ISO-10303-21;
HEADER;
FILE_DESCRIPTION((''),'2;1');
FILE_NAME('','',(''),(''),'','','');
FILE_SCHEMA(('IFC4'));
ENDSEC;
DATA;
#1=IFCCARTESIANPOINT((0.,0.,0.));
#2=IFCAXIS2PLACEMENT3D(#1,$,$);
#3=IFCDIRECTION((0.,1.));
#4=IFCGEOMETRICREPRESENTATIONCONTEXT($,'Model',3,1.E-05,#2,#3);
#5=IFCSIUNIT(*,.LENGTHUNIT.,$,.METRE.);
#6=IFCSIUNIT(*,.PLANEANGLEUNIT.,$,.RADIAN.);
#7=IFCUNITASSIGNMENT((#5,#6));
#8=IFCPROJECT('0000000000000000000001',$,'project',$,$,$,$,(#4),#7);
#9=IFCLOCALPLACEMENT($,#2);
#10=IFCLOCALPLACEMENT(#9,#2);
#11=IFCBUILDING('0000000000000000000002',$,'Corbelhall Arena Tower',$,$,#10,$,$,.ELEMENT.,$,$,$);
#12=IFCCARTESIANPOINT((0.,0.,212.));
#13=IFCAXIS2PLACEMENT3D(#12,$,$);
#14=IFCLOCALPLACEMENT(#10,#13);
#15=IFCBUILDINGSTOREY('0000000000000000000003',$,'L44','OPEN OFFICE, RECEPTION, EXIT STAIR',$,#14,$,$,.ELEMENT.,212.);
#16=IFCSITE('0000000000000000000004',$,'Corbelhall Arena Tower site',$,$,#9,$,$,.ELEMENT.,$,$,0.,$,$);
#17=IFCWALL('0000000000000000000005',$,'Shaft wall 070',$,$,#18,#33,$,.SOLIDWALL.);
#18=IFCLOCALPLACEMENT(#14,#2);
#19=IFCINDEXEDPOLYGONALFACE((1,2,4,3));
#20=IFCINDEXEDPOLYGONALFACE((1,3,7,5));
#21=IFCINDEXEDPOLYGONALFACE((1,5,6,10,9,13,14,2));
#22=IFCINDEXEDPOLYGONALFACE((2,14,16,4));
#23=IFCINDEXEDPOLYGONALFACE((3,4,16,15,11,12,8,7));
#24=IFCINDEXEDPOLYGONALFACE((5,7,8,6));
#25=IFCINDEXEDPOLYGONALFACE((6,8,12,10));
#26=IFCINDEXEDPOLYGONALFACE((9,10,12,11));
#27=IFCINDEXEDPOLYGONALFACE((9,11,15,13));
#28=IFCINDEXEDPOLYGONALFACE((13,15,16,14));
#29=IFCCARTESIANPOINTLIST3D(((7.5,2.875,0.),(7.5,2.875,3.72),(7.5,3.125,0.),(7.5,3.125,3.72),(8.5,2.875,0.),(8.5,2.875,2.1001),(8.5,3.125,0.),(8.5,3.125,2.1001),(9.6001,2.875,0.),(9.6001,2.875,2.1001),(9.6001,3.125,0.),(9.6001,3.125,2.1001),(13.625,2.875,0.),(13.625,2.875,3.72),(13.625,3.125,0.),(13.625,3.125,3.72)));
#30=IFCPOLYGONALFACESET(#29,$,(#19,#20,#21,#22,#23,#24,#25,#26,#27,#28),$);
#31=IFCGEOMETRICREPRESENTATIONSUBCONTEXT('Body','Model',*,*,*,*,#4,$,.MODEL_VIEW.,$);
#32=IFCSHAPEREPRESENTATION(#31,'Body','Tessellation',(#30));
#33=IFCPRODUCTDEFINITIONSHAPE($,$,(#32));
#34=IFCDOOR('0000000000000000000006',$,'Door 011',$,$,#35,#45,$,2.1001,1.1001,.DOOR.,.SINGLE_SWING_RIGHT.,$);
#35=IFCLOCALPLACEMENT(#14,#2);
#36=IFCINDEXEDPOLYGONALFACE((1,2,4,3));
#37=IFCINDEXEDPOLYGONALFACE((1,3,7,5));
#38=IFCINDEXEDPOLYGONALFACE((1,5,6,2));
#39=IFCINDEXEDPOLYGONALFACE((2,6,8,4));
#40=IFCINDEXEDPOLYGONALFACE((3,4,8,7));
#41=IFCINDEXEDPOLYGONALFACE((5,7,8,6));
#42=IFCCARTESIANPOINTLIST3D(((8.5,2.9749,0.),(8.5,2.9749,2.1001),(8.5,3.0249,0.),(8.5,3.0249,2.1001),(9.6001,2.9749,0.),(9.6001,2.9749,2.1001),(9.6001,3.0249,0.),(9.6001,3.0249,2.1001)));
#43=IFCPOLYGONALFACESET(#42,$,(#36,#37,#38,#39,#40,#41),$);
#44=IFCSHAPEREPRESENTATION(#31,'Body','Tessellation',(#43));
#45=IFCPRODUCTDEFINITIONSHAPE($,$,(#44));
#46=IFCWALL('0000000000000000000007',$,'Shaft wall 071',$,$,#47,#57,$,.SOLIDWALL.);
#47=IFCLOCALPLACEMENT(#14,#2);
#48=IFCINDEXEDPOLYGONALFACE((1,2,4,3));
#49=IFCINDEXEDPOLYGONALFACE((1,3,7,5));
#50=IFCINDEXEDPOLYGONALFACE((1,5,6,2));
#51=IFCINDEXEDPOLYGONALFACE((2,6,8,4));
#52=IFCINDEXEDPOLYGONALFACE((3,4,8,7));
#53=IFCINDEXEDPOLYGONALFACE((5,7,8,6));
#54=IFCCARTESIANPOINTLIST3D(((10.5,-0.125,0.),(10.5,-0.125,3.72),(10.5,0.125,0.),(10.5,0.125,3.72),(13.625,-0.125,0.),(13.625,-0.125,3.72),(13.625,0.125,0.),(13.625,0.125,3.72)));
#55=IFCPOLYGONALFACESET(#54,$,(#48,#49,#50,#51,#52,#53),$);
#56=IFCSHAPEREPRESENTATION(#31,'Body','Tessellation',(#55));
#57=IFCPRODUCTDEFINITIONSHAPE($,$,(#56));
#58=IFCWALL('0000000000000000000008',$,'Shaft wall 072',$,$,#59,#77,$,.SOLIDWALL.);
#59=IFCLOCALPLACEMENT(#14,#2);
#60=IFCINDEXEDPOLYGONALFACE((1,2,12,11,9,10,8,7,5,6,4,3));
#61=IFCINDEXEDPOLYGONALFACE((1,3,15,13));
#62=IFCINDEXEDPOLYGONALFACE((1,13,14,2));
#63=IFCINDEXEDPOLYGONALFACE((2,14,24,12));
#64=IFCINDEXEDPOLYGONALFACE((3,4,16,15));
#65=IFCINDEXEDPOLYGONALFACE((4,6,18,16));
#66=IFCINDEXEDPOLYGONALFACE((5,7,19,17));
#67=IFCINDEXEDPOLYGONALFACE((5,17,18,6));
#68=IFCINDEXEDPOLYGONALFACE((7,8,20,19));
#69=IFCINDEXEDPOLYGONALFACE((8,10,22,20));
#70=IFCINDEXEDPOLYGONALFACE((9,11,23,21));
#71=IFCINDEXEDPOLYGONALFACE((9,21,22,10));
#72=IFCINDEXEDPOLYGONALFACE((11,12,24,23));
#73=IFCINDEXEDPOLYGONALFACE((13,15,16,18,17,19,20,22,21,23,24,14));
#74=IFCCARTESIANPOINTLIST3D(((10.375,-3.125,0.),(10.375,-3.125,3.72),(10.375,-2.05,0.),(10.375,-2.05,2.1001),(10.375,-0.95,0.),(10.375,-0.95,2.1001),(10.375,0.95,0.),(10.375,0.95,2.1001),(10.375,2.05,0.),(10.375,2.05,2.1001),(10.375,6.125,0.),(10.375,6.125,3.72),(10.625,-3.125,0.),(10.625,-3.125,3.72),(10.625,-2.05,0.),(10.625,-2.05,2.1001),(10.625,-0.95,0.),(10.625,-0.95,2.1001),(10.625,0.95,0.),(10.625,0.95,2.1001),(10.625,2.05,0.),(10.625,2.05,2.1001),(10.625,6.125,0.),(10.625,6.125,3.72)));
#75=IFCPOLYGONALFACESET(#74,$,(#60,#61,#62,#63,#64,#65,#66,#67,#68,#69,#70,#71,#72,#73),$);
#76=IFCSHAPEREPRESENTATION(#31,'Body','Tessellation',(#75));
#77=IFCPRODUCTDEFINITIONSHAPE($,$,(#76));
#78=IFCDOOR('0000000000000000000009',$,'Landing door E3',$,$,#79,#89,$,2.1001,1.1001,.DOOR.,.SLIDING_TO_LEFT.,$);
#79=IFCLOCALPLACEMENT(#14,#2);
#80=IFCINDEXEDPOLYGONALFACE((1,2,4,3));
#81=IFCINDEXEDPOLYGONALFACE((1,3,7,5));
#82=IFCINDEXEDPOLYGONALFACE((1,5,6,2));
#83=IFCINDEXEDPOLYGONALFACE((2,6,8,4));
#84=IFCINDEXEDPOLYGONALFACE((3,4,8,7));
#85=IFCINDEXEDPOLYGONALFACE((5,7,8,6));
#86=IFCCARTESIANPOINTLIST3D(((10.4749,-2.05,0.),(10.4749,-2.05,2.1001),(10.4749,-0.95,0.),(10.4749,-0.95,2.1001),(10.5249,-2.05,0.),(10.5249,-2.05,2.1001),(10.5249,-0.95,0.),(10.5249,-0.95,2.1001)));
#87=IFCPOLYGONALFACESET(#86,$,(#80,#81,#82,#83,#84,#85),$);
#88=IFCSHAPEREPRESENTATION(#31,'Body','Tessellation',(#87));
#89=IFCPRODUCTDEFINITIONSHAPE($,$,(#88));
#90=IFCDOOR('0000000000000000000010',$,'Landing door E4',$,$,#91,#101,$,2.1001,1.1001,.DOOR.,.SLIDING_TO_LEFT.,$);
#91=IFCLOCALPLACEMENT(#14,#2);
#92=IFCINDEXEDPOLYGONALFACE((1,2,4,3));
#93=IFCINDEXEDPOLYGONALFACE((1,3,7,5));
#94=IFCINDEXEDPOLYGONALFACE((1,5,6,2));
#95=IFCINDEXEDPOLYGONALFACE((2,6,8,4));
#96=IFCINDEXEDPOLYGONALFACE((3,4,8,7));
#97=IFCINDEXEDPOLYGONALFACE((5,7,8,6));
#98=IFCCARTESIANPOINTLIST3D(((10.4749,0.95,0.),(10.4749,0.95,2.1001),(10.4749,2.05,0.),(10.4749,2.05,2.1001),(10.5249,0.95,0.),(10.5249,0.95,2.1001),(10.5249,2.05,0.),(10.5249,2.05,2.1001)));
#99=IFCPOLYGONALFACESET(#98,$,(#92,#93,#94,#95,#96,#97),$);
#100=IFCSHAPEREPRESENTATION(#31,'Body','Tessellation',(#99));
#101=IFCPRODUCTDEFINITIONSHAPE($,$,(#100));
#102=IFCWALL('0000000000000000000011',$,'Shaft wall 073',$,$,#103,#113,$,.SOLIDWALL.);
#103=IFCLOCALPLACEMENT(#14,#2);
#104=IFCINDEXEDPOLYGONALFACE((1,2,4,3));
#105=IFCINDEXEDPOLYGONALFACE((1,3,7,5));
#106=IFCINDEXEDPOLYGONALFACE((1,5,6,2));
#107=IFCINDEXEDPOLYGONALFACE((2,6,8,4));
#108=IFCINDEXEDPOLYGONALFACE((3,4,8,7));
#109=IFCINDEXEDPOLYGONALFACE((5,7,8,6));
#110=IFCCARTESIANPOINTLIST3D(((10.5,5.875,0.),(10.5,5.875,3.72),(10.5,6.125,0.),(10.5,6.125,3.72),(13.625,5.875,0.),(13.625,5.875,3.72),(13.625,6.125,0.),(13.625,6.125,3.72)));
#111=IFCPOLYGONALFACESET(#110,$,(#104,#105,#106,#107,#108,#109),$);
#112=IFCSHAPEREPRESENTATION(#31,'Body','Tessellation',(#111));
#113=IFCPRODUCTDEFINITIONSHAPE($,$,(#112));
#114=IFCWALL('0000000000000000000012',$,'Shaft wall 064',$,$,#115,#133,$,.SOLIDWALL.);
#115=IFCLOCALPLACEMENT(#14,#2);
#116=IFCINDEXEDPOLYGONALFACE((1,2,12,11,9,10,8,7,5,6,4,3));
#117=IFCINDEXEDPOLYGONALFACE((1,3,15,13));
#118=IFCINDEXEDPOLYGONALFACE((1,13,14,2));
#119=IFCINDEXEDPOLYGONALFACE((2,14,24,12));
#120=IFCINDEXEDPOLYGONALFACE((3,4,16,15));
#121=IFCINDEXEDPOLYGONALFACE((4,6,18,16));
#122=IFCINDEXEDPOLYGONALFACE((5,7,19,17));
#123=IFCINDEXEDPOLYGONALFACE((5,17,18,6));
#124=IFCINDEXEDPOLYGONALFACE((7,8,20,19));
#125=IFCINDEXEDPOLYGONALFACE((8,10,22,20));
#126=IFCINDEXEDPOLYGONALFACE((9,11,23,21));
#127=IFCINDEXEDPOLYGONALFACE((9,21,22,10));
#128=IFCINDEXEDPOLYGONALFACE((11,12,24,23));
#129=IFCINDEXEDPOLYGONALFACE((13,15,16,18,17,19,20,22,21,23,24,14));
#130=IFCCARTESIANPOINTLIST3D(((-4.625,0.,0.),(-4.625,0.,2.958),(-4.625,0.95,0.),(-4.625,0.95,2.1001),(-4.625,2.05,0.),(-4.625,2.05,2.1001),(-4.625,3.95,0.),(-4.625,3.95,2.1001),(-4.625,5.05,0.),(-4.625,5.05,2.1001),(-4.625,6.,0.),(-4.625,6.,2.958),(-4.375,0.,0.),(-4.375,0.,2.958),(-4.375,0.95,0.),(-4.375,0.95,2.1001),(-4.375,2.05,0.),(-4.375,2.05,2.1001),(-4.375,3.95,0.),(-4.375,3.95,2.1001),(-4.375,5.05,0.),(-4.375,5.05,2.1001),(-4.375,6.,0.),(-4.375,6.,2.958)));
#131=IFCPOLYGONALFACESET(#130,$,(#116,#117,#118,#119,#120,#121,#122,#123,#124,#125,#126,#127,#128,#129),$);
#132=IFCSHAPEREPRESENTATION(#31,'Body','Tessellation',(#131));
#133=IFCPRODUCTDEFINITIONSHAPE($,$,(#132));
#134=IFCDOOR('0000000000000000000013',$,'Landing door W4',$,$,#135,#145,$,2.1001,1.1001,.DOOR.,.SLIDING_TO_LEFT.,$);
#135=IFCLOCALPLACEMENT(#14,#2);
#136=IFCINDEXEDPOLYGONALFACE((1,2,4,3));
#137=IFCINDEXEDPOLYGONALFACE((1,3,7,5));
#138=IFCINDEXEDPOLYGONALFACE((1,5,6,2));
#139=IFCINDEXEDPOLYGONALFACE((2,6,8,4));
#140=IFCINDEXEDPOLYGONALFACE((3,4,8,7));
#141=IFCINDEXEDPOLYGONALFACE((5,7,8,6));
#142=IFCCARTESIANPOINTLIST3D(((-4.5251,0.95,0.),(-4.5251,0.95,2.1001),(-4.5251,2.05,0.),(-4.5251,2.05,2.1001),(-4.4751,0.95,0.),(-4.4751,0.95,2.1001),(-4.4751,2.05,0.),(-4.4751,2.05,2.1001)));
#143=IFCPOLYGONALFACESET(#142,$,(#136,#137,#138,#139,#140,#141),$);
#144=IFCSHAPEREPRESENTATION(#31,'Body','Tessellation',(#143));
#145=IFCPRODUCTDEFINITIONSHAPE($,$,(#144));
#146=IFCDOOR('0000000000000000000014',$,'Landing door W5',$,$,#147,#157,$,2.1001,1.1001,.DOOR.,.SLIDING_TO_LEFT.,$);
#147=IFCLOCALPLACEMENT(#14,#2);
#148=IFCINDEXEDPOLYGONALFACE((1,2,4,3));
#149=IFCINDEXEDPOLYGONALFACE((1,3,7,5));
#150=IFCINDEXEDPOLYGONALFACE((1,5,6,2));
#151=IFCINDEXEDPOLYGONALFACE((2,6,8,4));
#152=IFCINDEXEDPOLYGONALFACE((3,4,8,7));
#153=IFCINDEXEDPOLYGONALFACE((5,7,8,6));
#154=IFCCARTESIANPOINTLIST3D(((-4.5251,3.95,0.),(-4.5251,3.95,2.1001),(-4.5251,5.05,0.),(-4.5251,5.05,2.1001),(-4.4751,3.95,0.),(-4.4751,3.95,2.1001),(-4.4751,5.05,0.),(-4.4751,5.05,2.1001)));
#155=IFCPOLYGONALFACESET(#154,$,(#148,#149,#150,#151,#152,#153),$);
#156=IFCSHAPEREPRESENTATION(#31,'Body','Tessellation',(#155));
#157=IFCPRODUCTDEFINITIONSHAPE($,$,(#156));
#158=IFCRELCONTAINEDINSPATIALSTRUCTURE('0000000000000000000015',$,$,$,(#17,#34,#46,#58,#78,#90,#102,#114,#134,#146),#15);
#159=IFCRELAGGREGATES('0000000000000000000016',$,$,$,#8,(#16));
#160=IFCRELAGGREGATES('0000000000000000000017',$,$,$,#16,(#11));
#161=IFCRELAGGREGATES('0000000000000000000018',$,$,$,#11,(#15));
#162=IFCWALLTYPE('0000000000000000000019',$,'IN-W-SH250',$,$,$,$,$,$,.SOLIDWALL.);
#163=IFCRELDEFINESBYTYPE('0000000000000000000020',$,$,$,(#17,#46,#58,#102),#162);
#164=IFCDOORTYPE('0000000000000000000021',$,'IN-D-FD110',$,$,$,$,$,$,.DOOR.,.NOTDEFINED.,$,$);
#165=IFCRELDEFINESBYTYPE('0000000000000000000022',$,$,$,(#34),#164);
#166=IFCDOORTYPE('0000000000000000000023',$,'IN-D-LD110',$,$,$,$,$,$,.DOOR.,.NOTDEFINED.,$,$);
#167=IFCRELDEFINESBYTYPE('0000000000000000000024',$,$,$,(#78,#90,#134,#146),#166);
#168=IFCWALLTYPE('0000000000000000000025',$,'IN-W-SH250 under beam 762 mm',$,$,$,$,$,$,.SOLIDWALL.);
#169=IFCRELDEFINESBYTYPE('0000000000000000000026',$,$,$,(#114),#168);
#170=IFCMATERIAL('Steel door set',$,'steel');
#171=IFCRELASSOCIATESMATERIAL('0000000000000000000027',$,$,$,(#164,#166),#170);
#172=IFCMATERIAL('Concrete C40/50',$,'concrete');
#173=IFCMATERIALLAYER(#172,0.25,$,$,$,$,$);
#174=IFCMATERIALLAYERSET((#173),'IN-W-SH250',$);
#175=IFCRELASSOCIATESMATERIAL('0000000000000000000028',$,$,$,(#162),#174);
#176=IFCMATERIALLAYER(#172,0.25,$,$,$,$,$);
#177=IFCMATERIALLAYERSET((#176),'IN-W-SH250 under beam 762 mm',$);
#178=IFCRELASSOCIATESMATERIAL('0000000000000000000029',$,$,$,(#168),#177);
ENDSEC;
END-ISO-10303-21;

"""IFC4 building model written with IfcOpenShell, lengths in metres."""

from ifc_helpers import new_model, si_unit, direction, frame, frame_2d, origin, place, context, subcontext, project, spatial, rectangle, extrude, material, layer, layer_set, type_object, element, fill, save


model = new_model("IFC4")

# Units and contexts
model_context = context("Model", 3, precision=1e-05, world=origin(), true_north=direction((0.0, 1.0)))
body_context = subcontext(model_context, "Body", "Model", "MODEL_VIEW")
ifc_project = project(units=[si_unit("LENGTHUNIT", "METRE"), si_unit("PLANEANGLEUNIT", "RADIAN")], contexts=[model_context])

# Site, building, storey
site_placement = place(None, origin())
site = spatial("IfcSite", under=ifc_project, at=site_placement, Name="Corbelhall Arena Tower site", CompositionType="ELEMENT", RefElevation=0.0)
building_placement = place(site_placement, origin())
building = spatial("IfcBuilding", under=site, at=building_placement, Name="Corbelhall Arena Tower", CompositionType="ELEMENT")
storey_placement = place(building_placement, frame((0.0, 0.0, 212.0)))
storey = spatial("IfcBuildingStorey", under=building, at=storey_placement, Name="L44", Description="OPEN OFFICE, RECEPTION, EXIT STAIR", CompositionType="ELEMENT", Elevation=212.0)

# Shared definitions
ifc_material_1 = material(Name="Concrete C40/50", Category="concrete")

# Shared definitions
ifc_material_2 = material(Name="Steel door set", Category="steel")
door_type_1 = type_object("IfcDoorType", Name="IN-D-FD110", OperationType="NOTDEFINED", PredefinedType="DOOR", material=ifc_material_2)

# Shared definitions
ifc_layer_1 = layer(ifc_material_1, 0.25)
ifc_layer_set_1 = layer_set([ifc_layer_1], Name="IN-W-SH250")
wall_type_1 = type_object("IfcWallType", Name="IN-W-SH250", PredefinedType="SOLIDWALL", material=ifc_layer_set_1)

# Wall, opening, door
wall_1_placement = place(storey_placement, frame((7.5, 3.0, 0.0), z_axis=(0.0, 0.0, 1.0), x_axis=(1.0, 0.0, 0.0)))
wall_1 = element("IfcWall", 1, at=wall_1_placement, inside=storey, type_object=wall_type_1, Name="Shaft wall 070", PredefinedType="SOLIDWALL", context=body_context, shape_type="SweptSolid", body=[
    extrude(rectangle(XDim=6.125, YDim=0.25, at=frame_2d((3.0625, 0.0))), origin(), (0.0, 0.0, 1.0), 3.72),
])
opening_1_placement = place(wall_1_placement, frame((1.0, 0.0, 0.0)))
opening_1 = element("IfcOpeningElement", 2, at=opening_1_placement, cuts=wall_1, PredefinedType="OPENING", context=body_context, shape_type="SweptSolid", body=[
    extrude(rectangle(XDim=1.1001, YDim=2.1001, at=frame_2d((0.55, 1.05))), frame((0.0, 0.125, 0.0), z_axis=(0.0, -1.0, 0.0), x_axis=(1.0, 0.0, 0.0)), (0.0, 0.0, 1.0), 0.25),
])
door_1_placement = place(opening_1_placement, origin())
door_1 = element("IfcDoor", 3, at=door_1_placement, inside=storey, type_object=door_type_1, Name="Door 011", OperationType="SINGLE_SWING_RIGHT", OverallHeight=2.1001, OverallWidth=1.1001, PredefinedType="DOOR", context=body_context, shape_type="SweptSolid", body=[
    extrude(rectangle(XDim=1.1001, YDim=2.1001, at=frame_2d((0.55, 1.05))), frame((0.0, 0.0249, 0.0), z_axis=(0.0, -1.0, 0.0), x_axis=(1.0, 0.0, 0.0)), (0.0, 0.0, 1.0), 0.05),
])
fill(opening_1, door_1)

# Wall
wall_2_placement = place(storey_placement, frame((10.5, 0.0, 0.0), z_axis=(0.0, 0.0, 1.0), x_axis=(1.0, 0.0, 0.0)))
element("IfcWall", 4, at=wall_2_placement, inside=storey, type_object=wall_type_1, Name="Shaft wall 071", PredefinedType="SOLIDWALL", context=body_context, shape_type="SweptSolid", body=[
    extrude(rectangle(XDim=3.125, YDim=0.25, at=frame_2d((1.5625, 0.0))), origin(), (0.0, 0.0, 1.0), 3.72),
])

# Wall, openings, doors
wall_3_placement = place(storey_placement, frame((10.5, 6.125, 0.0), z_axis=(0.0, 0.0, 1.0), x_axis=(0.0, -1.0, 0.0)))
wall_3 = element("IfcWall", 5, at=wall_3_placement, inside=storey, type_object=wall_type_1, Name="Shaft wall 072", PredefinedType="SOLIDWALL", context=body_context, shape_type="SweptSolid", body=[
    extrude(rectangle(XDim=9.25, YDim=0.25, at=frame_2d((4.625, 0.0))), origin(), (0.0, 0.0, 1.0), 3.72),
])
opening_2_placement = place(wall_3_placement, frame((7.075, 0.0, 0.0)))
opening_2 = element("IfcOpeningElement", 6, at=opening_2_placement, cuts=wall_3, PredefinedType="OPENING", context=body_context, shape_type="SweptSolid", body=[
    extrude(rectangle(XDim=1.1001, YDim=2.1001, at=frame_2d((0.55, 1.05))), frame((0.0, 0.125, 0.0), z_axis=(0.0, -1.0, 0.0), x_axis=(1.0, 0.0, 0.0)), (0.0, 0.0, 1.0), 0.25),
])
opening_3_placement = place(wall_3_placement, frame((4.075, 0.0, 0.0)))
opening_3 = element("IfcOpeningElement", 7, at=opening_3_placement, cuts=wall_3, PredefinedType="OPENING", context=body_context, shape_type="SweptSolid", body=[
    extrude(rectangle(XDim=1.1001, YDim=2.1001, at=frame_2d((0.55, 1.05))), frame((0.0, 0.125, 0.0), z_axis=(0.0, -1.0, 0.0), x_axis=(1.0, 0.0, 0.0)), (0.0, 0.0, 1.0), 0.25),
])
door_type_2 = type_object("IfcDoorType", Name="IN-D-LD110", OperationType="NOTDEFINED", PredefinedType="DOOR", material=ifc_material_2)
door_2_placement = place(opening_2_placement, origin())
door_2 = element("IfcDoor", 8, at=door_2_placement, inside=storey, type_object=door_type_2, Name="Landing door E3", OperationType="SLIDING_TO_LEFT", OverallHeight=2.1001, OverallWidth=1.1001, PredefinedType="DOOR", context=body_context, shape_type="SweptSolid", body=[
    extrude(rectangle(XDim=1.1001, YDim=2.1001, at=frame_2d((0.55, 1.05))), frame((0.0, 0.0249, 0.0), z_axis=(0.0, -1.0, 0.0), x_axis=(1.0, 0.0, 0.0)), (0.0, 0.0, 1.0), 0.05),
])
fill(opening_2, door_2)
door_3_placement = place(opening_3_placement, origin())
door_3 = element("IfcDoor", 9, at=door_3_placement, inside=storey, type_object=door_type_2, Name="Landing door E4", OperationType="SLIDING_TO_LEFT", OverallHeight=2.1001, OverallWidth=1.1001, PredefinedType="DOOR", context=body_context, shape_type="SweptSolid", body=[
    extrude(rectangle(XDim=1.1001, YDim=2.1001, at=frame_2d((0.55, 1.05))), frame((0.0, 0.0249, 0.0), z_axis=(0.0, -1.0, 0.0), x_axis=(1.0, 0.0, 0.0)), (0.0, 0.0, 1.0), 0.05),
])
fill(opening_3, door_3)

# Wall
wall_4_placement = place(storey_placement, frame((10.5, 6.0, 0.0), z_axis=(0.0, 0.0, 1.0), x_axis=(1.0, 0.0, 0.0)))
element("IfcWall", 10, at=wall_4_placement, inside=storey, type_object=wall_type_1, Name="Shaft wall 073", PredefinedType="SOLIDWALL", context=body_context, shape_type="SweptSolid", body=[
    extrude(rectangle(XDim=3.125, YDim=0.25, at=frame_2d((1.5625, 0.0))), origin(), (0.0, 0.0, 1.0), 3.72),
])

# Wall, openings, doors
ifc_layer_2 = layer(ifc_material_1, 0.25)
ifc_layer_set_2 = layer_set([ifc_layer_2], Name="IN-W-SH250 under beam 762 mm")
wall_type_2 = type_object("IfcWallType", Name="IN-W-SH250 under beam 762 mm", PredefinedType="SOLIDWALL", material=ifc_layer_set_2)
wall_5_placement = place(storey_placement, frame((-4.5, 6.0, 0.0), z_axis=(0.0, 0.0, 1.0), x_axis=(0.0, -1.0, 0.0)))
wall_5 = element("IfcWall", 11, at=wall_5_placement, inside=storey, type_object=wall_type_2, Name="Shaft wall 064", PredefinedType="SOLIDWALL", context=body_context, shape_type="SweptSolid", body=[
    extrude(rectangle(XDim=6.0, YDim=0.25, at=frame_2d((3.0, 0.0))), origin(), (0.0, 0.0, 1.0), 2.958),
])
opening_4_placement = place(wall_5_placement, frame((3.95, 0.0, 0.0)))
opening_4 = element("IfcOpeningElement", 12, at=opening_4_placement, cuts=wall_5, PredefinedType="OPENING", context=body_context, shape_type="SweptSolid", body=[
    extrude(rectangle(XDim=1.1001, YDim=2.1001, at=frame_2d((0.55, 1.05))), frame((0.0, 0.125, 0.0), z_axis=(0.0, -1.0, 0.0), x_axis=(1.0, 0.0, 0.0)), (0.0, 0.0, 1.0), 0.25),
])
opening_5_placement = place(wall_5_placement, frame((0.95, 0.0, 0.0)))
opening_5 = element("IfcOpeningElement", 13, at=opening_5_placement, cuts=wall_5, PredefinedType="OPENING", context=body_context, shape_type="SweptSolid", body=[
    extrude(rectangle(XDim=1.1001, YDim=2.1001, at=frame_2d((0.55, 1.05))), frame((0.0, 0.125, 0.0), z_axis=(0.0, -1.0, 0.0), x_axis=(1.0, 0.0, 0.0)), (0.0, 0.0, 1.0), 0.25),
])
door_4_placement = place(opening_4_placement, origin())
door_4 = element("IfcDoor", 14, at=door_4_placement, inside=storey, type_object=door_type_2, Name="Landing door W4", OperationType="SLIDING_TO_LEFT", OverallHeight=2.1001, OverallWidth=1.1001, PredefinedType="DOOR", context=body_context, shape_type="SweptSolid", body=[
    extrude(rectangle(XDim=1.1001, YDim=2.1001, at=frame_2d((0.55, 1.05))), frame((0.0, 0.0249, 0.0), z_axis=(0.0, -1.0, 0.0), x_axis=(1.0, 0.0, 0.0)), (0.0, 0.0, 1.0), 0.05),
])
fill(opening_4, door_4)
door_5_placement = place(opening_5_placement, origin())
door_5 = element("IfcDoor", 15, at=door_5_placement, inside=storey, type_object=door_type_2, Name="Landing door W5", OperationType="SLIDING_TO_LEFT", OverallHeight=2.1001, OverallWidth=1.1001, PredefinedType="DOOR", context=body_context, shape_type="SweptSolid", body=[
    extrude(rectangle(XDim=1.1001, YDim=2.1001, at=frame_2d((0.55, 1.05))), frame((0.0, 0.0249, 0.0), z_axis=(0.0, -1.0, 0.0), x_axis=(1.0, 0.0, 0.0)), (0.0, 0.0, 1.0), 0.05),
])
fill(opening_5, door_5)

save(model, "model.ifc")
